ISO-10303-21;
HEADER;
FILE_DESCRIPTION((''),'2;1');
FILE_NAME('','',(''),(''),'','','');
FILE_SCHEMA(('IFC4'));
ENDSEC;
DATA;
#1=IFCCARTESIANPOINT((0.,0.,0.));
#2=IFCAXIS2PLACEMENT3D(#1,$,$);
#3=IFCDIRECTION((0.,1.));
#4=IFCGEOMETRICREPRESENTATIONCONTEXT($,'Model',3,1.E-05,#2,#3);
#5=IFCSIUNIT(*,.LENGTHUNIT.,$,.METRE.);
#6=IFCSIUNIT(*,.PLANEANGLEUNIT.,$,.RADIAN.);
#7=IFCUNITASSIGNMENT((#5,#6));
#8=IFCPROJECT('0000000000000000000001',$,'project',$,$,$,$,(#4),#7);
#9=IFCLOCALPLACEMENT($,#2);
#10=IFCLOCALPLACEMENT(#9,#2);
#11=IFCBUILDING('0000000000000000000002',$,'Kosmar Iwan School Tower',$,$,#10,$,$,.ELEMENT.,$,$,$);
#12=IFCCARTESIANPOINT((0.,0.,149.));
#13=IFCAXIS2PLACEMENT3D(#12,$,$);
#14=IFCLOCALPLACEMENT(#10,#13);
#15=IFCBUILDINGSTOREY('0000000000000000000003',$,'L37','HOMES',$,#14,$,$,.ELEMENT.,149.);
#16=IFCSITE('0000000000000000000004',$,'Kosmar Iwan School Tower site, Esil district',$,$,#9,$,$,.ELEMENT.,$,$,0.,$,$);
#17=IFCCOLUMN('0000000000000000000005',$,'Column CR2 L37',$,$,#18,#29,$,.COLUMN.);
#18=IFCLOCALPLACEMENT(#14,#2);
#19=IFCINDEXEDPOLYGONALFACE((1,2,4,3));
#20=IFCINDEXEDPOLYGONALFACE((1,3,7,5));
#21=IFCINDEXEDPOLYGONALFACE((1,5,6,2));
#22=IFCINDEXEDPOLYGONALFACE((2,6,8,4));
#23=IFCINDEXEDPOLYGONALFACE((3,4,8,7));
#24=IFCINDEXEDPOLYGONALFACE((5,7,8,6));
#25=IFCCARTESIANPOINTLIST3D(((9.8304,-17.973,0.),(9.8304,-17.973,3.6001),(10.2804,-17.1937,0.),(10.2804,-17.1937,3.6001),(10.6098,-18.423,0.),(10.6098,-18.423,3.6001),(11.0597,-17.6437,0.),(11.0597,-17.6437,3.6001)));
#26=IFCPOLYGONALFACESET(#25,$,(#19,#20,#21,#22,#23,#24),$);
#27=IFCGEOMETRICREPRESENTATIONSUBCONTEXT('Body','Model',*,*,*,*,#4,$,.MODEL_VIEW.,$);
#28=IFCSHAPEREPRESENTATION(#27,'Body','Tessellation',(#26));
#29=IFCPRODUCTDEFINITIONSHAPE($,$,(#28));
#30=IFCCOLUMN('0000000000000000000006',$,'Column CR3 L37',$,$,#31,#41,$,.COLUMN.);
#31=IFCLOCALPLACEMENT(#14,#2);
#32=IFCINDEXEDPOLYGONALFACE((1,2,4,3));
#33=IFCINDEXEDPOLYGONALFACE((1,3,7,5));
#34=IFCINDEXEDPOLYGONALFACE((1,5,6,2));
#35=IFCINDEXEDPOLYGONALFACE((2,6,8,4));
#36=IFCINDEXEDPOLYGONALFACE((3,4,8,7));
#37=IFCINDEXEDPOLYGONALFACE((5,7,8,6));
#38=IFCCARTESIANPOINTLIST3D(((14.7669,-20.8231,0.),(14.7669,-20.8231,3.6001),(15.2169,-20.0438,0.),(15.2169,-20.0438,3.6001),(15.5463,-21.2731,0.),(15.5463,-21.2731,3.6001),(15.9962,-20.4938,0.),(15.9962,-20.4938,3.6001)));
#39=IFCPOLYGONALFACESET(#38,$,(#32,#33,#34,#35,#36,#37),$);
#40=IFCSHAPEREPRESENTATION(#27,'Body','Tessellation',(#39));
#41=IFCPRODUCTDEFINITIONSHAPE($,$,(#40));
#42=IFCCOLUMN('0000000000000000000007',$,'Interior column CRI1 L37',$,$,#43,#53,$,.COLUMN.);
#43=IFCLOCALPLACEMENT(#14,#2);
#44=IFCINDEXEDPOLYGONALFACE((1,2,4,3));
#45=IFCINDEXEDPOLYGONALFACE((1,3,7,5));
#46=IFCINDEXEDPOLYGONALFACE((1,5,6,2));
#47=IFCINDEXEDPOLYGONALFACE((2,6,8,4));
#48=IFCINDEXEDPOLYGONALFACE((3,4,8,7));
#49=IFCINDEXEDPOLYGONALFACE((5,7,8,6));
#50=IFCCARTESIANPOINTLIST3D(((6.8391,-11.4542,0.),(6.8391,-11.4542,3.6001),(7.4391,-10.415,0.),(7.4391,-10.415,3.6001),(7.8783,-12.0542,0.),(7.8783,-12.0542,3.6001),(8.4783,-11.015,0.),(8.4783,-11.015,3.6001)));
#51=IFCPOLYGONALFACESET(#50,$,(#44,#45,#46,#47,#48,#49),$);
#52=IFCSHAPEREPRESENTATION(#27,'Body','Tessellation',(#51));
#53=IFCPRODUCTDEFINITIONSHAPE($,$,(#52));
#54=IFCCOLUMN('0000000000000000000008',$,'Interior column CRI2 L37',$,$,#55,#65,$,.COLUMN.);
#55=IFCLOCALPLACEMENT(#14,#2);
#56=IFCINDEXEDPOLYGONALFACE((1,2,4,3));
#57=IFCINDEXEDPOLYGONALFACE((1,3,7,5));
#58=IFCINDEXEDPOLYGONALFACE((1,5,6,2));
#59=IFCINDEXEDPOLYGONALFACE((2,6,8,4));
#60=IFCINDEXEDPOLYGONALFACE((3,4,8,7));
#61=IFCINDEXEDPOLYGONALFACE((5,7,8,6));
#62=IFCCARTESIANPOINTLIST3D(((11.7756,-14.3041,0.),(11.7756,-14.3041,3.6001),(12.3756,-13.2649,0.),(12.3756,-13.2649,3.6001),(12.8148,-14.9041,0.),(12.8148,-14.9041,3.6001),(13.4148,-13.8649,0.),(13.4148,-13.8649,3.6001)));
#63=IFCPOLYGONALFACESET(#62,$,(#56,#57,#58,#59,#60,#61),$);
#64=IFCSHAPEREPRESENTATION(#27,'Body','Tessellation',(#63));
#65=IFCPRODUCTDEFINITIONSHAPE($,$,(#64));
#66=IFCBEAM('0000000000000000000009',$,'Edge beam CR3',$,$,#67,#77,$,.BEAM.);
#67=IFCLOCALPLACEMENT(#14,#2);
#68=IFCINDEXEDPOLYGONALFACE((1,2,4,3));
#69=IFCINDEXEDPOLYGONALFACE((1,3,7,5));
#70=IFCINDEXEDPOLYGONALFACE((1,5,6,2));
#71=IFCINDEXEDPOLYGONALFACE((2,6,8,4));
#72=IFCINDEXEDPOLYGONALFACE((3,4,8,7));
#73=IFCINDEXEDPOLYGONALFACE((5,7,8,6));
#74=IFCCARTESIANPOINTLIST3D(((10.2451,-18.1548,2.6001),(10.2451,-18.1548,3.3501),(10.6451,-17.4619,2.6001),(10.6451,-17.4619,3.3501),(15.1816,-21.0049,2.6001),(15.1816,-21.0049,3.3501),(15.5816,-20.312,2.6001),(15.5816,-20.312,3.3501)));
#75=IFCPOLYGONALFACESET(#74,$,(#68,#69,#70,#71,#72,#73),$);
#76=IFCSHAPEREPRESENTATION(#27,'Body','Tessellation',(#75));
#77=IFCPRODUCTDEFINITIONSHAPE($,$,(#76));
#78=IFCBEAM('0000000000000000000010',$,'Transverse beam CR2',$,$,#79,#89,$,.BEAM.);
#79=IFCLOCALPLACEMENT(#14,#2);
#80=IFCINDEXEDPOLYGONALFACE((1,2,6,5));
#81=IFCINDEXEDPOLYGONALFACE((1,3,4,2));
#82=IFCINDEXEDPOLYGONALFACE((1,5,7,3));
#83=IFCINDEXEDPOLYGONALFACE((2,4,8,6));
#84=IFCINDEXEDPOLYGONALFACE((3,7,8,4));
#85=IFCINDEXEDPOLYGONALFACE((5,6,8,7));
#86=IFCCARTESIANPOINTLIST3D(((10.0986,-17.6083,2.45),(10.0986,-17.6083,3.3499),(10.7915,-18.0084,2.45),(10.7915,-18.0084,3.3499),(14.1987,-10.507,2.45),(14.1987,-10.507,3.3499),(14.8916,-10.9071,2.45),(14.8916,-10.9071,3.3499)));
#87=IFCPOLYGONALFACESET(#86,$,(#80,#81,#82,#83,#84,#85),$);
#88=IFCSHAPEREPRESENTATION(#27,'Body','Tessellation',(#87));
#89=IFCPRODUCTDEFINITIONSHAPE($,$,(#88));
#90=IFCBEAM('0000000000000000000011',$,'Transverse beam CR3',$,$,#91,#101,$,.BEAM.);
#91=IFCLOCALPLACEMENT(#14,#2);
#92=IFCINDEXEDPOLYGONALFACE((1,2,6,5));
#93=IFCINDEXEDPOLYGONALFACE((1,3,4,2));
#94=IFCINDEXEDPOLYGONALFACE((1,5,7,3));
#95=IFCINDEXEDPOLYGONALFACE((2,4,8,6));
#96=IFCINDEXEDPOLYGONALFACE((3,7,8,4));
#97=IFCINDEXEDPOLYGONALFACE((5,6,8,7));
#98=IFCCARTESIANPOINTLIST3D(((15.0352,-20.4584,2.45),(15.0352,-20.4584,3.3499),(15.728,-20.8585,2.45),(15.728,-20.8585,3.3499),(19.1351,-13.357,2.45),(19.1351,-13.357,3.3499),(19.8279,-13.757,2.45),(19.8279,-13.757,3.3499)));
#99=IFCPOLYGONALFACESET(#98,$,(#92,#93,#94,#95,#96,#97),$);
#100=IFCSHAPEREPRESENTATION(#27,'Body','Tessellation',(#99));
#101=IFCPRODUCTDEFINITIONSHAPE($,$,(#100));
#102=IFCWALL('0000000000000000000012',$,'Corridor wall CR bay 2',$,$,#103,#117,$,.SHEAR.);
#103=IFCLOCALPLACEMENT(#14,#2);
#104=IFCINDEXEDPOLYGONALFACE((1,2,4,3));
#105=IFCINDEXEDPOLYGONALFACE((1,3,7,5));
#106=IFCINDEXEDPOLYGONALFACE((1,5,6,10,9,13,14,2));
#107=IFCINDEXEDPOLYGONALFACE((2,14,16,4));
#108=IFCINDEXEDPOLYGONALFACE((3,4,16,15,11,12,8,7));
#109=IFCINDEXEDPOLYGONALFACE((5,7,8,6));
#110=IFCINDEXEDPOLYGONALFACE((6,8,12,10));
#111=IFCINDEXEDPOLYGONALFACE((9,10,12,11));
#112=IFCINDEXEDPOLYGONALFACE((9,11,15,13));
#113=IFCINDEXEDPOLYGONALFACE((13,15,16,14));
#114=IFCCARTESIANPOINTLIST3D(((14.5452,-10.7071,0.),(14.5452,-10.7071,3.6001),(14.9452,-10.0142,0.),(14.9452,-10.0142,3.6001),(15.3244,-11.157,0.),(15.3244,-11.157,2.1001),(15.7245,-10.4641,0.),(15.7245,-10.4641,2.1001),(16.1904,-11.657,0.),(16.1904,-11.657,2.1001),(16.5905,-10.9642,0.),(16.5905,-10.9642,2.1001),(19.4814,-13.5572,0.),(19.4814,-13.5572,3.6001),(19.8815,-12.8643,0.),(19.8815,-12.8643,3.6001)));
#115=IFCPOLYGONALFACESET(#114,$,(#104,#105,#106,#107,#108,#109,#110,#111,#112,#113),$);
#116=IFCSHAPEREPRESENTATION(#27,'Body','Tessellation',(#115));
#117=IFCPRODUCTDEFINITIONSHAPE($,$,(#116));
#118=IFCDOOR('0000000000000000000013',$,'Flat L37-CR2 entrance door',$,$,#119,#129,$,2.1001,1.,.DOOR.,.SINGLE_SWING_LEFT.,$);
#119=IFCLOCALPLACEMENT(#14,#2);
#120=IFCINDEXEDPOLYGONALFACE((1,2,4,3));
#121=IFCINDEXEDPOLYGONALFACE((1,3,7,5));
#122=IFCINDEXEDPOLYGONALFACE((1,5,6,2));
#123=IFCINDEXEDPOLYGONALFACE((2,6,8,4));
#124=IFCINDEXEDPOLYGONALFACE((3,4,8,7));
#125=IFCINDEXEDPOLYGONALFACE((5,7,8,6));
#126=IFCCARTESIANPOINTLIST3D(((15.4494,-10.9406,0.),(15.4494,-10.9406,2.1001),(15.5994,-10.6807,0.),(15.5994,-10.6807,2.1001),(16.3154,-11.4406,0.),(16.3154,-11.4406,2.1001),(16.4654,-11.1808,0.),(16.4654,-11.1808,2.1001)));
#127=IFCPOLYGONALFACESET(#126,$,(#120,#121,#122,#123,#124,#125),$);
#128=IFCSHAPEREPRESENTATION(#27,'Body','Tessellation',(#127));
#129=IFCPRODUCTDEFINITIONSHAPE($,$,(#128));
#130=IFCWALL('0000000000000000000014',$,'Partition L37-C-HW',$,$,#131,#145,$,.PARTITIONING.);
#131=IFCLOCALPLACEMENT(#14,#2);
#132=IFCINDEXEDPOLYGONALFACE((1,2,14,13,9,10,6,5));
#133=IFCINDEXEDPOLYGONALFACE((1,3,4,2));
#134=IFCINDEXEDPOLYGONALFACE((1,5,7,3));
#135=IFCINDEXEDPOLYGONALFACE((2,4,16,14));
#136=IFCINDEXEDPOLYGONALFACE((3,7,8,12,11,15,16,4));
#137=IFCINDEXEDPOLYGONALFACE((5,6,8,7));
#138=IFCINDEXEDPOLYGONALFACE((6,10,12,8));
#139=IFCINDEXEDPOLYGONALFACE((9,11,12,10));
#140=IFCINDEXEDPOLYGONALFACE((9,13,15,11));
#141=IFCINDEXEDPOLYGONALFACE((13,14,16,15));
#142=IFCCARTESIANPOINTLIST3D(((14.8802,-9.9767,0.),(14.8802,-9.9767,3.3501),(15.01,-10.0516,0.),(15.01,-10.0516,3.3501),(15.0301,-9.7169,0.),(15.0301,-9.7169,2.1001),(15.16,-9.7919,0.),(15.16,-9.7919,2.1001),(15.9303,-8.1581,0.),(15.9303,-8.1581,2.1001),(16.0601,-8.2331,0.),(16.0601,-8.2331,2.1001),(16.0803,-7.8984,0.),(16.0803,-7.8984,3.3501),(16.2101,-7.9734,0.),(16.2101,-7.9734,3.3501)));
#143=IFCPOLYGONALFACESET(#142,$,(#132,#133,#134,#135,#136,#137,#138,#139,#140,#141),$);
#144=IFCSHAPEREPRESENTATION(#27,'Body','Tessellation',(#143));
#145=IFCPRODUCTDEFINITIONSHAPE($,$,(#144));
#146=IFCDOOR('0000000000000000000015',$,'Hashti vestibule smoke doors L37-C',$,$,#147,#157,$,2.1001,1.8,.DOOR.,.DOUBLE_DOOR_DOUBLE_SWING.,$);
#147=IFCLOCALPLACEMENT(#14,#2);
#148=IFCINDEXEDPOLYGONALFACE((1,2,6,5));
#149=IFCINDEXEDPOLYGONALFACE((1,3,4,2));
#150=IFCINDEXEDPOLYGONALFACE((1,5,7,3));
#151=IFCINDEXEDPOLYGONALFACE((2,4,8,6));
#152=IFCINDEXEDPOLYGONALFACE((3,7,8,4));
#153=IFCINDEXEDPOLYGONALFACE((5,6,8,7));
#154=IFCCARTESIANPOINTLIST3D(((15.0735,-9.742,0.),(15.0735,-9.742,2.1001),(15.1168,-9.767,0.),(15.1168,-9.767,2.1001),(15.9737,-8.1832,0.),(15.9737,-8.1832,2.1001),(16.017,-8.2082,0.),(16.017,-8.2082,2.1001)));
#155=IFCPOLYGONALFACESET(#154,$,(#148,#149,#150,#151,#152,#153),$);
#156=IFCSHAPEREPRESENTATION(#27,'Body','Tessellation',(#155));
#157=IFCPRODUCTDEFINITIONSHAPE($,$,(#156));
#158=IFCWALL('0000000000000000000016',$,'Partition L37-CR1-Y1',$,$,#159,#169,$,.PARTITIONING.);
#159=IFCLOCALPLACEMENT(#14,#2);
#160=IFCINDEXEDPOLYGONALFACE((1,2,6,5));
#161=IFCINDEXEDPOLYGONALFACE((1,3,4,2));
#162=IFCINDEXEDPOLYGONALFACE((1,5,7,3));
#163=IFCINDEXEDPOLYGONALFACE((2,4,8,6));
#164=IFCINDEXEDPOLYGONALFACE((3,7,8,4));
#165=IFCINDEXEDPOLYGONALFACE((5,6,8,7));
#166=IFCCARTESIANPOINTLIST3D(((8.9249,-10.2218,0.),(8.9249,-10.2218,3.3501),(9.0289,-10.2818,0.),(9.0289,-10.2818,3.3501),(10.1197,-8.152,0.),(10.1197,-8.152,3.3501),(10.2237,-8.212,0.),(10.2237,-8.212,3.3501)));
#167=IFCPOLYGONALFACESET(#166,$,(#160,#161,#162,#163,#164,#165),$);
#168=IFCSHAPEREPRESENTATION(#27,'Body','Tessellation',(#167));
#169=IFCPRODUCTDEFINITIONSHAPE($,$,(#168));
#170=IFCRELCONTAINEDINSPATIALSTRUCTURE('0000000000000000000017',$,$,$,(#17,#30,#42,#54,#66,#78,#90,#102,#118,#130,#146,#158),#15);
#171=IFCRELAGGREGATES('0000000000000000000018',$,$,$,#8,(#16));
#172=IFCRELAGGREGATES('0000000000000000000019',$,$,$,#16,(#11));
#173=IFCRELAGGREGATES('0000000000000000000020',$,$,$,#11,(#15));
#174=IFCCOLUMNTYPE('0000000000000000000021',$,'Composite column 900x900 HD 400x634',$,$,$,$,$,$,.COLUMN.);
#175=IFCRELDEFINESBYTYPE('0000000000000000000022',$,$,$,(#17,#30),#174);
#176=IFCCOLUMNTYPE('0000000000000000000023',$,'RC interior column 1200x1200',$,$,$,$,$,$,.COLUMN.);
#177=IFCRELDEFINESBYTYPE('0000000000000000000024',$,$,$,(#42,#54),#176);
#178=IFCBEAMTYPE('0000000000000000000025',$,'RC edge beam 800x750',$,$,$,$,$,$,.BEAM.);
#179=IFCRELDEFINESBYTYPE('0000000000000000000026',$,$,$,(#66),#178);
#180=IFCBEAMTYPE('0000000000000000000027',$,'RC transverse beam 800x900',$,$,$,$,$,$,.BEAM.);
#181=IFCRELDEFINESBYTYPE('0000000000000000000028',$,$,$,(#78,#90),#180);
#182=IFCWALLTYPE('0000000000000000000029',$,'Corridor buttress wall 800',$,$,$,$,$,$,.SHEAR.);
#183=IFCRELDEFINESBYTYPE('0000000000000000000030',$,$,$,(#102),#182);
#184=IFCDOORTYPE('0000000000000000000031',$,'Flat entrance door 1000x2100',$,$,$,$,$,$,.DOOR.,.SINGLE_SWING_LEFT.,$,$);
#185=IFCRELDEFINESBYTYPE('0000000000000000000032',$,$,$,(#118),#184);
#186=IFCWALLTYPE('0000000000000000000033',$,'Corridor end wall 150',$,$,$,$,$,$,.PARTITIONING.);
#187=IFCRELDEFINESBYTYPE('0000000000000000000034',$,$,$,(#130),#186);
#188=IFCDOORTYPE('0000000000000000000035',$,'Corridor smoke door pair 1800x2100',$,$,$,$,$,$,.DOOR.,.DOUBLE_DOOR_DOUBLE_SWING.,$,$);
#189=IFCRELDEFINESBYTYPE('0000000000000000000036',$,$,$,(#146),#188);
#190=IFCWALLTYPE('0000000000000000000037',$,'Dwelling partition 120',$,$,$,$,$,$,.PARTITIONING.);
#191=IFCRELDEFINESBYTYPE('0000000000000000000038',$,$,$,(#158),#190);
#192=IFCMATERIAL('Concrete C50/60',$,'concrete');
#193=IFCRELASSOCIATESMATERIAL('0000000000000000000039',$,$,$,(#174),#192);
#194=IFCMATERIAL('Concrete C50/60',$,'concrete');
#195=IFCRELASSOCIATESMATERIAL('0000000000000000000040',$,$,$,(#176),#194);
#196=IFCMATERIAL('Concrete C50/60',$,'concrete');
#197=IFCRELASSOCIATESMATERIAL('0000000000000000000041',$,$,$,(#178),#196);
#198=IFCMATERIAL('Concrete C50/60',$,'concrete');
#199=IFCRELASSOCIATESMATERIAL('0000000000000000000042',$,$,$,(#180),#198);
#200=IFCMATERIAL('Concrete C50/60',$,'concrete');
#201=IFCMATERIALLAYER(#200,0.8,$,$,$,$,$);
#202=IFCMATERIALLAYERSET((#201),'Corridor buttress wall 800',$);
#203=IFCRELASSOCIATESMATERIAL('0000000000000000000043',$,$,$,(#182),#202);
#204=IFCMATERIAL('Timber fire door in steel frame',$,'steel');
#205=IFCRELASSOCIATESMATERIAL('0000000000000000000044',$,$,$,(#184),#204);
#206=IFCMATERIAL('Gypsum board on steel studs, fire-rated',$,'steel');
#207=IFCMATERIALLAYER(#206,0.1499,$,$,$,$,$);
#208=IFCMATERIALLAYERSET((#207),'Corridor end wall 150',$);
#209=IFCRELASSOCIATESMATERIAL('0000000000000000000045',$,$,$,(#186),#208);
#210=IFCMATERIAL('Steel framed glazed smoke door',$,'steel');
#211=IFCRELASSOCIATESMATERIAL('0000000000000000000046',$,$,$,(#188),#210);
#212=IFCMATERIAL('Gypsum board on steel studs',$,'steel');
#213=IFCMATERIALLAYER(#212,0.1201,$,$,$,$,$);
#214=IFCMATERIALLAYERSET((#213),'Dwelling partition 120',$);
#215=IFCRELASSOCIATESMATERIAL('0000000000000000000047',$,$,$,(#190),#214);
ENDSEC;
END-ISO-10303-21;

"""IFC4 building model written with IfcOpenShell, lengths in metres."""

from ifc_helpers import new_model, si_unit, direction, frame, frame_2d, origin, origin_2d, place, context, subcontext, project, spatial, rectangle, extrude, material, layer, layer_set, material_profile, profile_set, type_object, element, fill, save


model = new_model("IFC4")

# Units and contexts
model_context = context("Model", 3, precision=1e-05, world=origin(), true_north=direction((0.0, 1.0)))
body_context = subcontext(model_context, "Body", "Model", "MODEL_VIEW")
ifc_project = project(units=[si_unit("LENGTHUNIT", "METRE"), si_unit("PLANEANGLEUNIT", "RADIAN")], contexts=[model_context])

# Site, building, storey
site_placement = place(None, origin())
site = spatial("IfcSite", under=ifc_project, at=site_placement, Name="Kosmar Iwan School Tower site, Esil district", CompositionType="ELEMENT", RefElevation=0.0)
building_placement = place(site_placement, origin())
building = spatial("IfcBuilding", under=site, at=building_placement, Name="Kosmar Iwan School Tower", CompositionType="ELEMENT")
storey_placement = place(building_placement, frame((0.0, 0.0, 149.0)))
storey = spatial("IfcBuildingStorey", under=building, at=storey_placement, Name="L37", Description="HOMES", CompositionType="ELEMENT", Elevation=149.0)

# Columns
ifc_material_1 = material(Name="Concrete C50/60", Category="concrete")
ifc_material_profile_1 = material_profile(ifc_material_1, rectangle(XDim=0.8999, YDim=0.8999, at=origin_2d()), Name="RC 900x900 + HD 400x634")
ifc_profile_set_1 = profile_set([ifc_material_profile_1], Name="Concrete C50/60")
column_type_1 = type_object("IfcColumnType", Name="Composite column 900x900 HD 400x634", PredefinedType="COLUMN", material=ifc_profile_set_1)
for number, where, z_axis, x_axis, name in (
    (1, (10.4451, -17.8083, 0.0), (0.0, 0.0, 1.0), (0.866025, -0.5, 0.0), "Column CR2 L37"),
    (2, (15.3816, -20.6584, 0.0), (0.0, 0.0, 1.0), (0.866025, -0.5, 0.0), "Column CR3 L37"),
):
    element("IfcColumn", number, at=place(storey_placement, frame(where, z_axis=z_axis, x_axis=x_axis)), inside=storey, type_object=column_type_1, Name=name, PredefinedType="COLUMN", context=body_context, shape_type="SweptSolid", body=[
        extrude(rectangle(XDim=0.8999, YDim=0.8999, at=origin_2d()), origin(), (0.0, 0.0, 1.0), 3.6001),
    ])
ifc_material_2 = material(Name="Concrete C50/60", Category="concrete")
ifc_material_profile_2 = material_profile(ifc_material_2, rectangle(XDim=1.2, YDim=1.2, at=origin_2d()), Name="RC 1200x1200")
ifc_profile_set_2 = profile_set([ifc_material_profile_2], Name="Concrete C50/60")
column_type_2 = type_object("IfcColumnType", Name="RC interior column 1200x1200", PredefinedType="COLUMN", material=ifc_profile_set_2)
for number, where, z_axis, x_axis, name in (
    (3, (7.6587, -11.2346, 0.0), (0.0, 0.0, 1.0), (0.866025, -0.5, 0.0), "Interior column CRI1 L37"),
    (4, (12.5952, -14.0845, 0.0), (0.0, 0.0, 1.0), (0.866025, -0.5, 0.0), "Interior column CRI2 L37"),
):
    element("IfcColumn", number, at=place(storey_placement, frame(where, z_axis=z_axis, x_axis=x_axis)), inside=storey, type_object=column_type_2, Name=name, PredefinedType="COLUMN", context=body_context, shape_type="SweptSolid", body=[
        extrude(rectangle(XDim=1.2, YDim=1.2, at=origin_2d()), origin(), (0.0, 0.0, 1.0), 3.6001),
    ])

# Beams
ifc_material_3 = material(Name="Concrete C50/60", Category="concrete")
ifc_material_profile_3 = material_profile(ifc_material_3, rectangle(XDim=0.8, YDim=0.75, at=origin_2d()), Name="RC 800x750")
ifc_profile_set_3 = profile_set([ifc_material_profile_3], Name="Concrete C50/60")
beam_type_1 = type_object("IfcBeamType", Name="RC edge beam 800x750", PredefinedType="BEAM", material=ifc_profile_set_3)
beam_placement = place(storey_placement, frame((10.4451, -17.8083, 2.9751), z_axis=(0.866026, -0.499999, 0.0), x_axis=(0.499999, 0.866026, 0.0)))
element("IfcBeam", 5, at=beam_placement, inside=storey, type_object=beam_type_1, Name="Edge beam CR3", PredefinedType="BEAM", context=body_context, shape_type="SweptSolid", body=[
    extrude(rectangle(XDim=0.8, YDim=0.75, at=origin_2d()), origin(), (0.0, 0.0, 1.0), 5.7002),
])
ifc_material_4 = material(Name="Concrete C50/60", Category="concrete")
ifc_material_profile_4 = material_profile(ifc_material_4, rectangle(XDim=0.8, YDim=0.8999, at=origin_2d()), Name="RC 800x900")
ifc_profile_set_4 = profile_set([ifc_material_profile_4], Name="Concrete C50/60")
beam_type_2 = type_object("IfcBeamType", Name="RC transverse beam 800x900", PredefinedType="BEAM", material=ifc_profile_set_4)
for number, where, z_axis, x_axis, name in (
    (6, (10.4451, -17.8083, 2.8999), (0.500014, 0.866018, 0.0), (-0.866018, 0.500014, 0.0), "Transverse beam CR2"),
    (7, (15.3816, -20.6584, 2.8999), (0.499991, 0.86603, 0.0), (-0.86603, 0.499991, 0.0), "Transverse beam CR3"),
):
    element("IfcBeam", number, at=place(storey_placement, frame(where, z_axis=z_axis, x_axis=x_axis)), inside=storey, type_object=beam_type_2, Name=name, PredefinedType="BEAM", context=body_context, shape_type="SweptSolid", body=[
        extrude(rectangle(XDim=0.8, YDim=0.8999, at=origin_2d()), origin(), (0.0, 0.0, 1.0), 8.2),
    ])

# Walls, openings, doors
ifc_material_5 = material(Name="Concrete C50/60", Category="concrete")
ifc_layer_1 = layer(ifc_material_5, 0.8)
ifc_layer_set_1 = layer_set([ifc_layer_1], Name="Corridor buttress wall 800")
wall_type_1 = type_object("IfcWallType", Name="Corridor buttress wall 800", PredefinedType="SHEAR", material=ifc_layer_set_1)
wall_1_placement = place(storey_placement, frame((14.7451, -10.3606, 0.0), z_axis=(0.0, 0.0, 1.0), x_axis=(0.866015, -0.500018, 0.0)))
wall_1 = element("IfcWall", 8, at=wall_1_placement, inside=storey, type_object=wall_type_1, Name="Corridor wall CR bay 2", PredefinedType="SHEAR", context=body_context, shape_type="SweptSolid", body=[
    extrude(rectangle(XDim=5.7, YDim=0.8, at=frame_2d((2.8501, 0.0))), origin(), (0.0, 0.0, 1.0), 3.6001),
])
opening_1_placement = place(wall_1_placement, frame((0.8999, 0.0, 0.0)))
opening_1 = element("IfcOpeningElement", 9, at=opening_1_placement, cuts=wall_1, PredefinedType="OPENING", context=body_context, shape_type="SweptSolid", body=[
    extrude(rectangle(XDim=1.0, YDim=2.1001, at=frame_2d((0.5, 1.05))), frame((0.0, 0.4121, 0.0), z_axis=(0.0, -1.0, 0.0), x_axis=(1.0, 0.0, 0.0)), (0.0, 0.0, 1.0), 0.824),
])
ifc_material_6 = material(Name="Timber fire door in steel frame", Category="steel")
door_type_1 = type_object("IfcDoorType", Name="Flat entrance door 1000x2100", OperationType="SINGLE_SWING_LEFT", PredefinedType="DOOR", material=ifc_material_6)
door_1_placement = place(opening_1_placement, origin())
door_1 = element("IfcDoor", 10, at=door_1_placement, inside=storey, type_object=door_type_1, Name="Flat L37-CR2 entrance door", OperationType="SINGLE_SWING_LEFT", OverallHeight=2.1001, OverallWidth=1.0, PredefinedType="DOOR", context=body_context, shape_type="SweptSolid", body=[
    extrude(rectangle(XDim=1.0, YDim=2.1001, at=frame_2d((0.5, 1.05))), frame((0.0, 0.1499, 0.0), z_axis=(0.0, -1.0, 0.0), x_axis=(1.0, 0.0, 0.0)), (0.0, 0.0, 1.0), 0.3),
])
fill(opening_1, door_1)
ifc_material_7 = material(Name="Gypsum board on steel studs, fire-rated", Category="steel")
ifc_layer_2 = layer(ifc_material_7, 0.1499)
ifc_layer_set_2 = layer_set([ifc_layer_2], Name="Corridor end wall 150")
wall_type_2 = type_object("IfcWallType", Name="Corridor end wall 150", PredefinedType="PARTITIONING", material=ifc_layer_set_2)
wall_2_placement = place(storey_placement, frame((14.9451, -10.0142, 0.0), z_axis=(0.0, 0.0, 1.0), x_axis=(0.500078, 0.865981, 0.0)))
wall_2 = element("IfcWall", 11, at=wall_2_placement, inside=storey, type_object=wall_type_2, Name="Partition L37-C-HW", PredefinedType="PARTITIONING", context=body_context, shape_type="SweptSolid", body=[
    extrude(rectangle(XDim=2.3999, YDim=0.1499, at=frame_2d((1.2, 0.0))), origin(), (0.0, 0.0, 1.0), 3.3501),
])
opening_2_placement = place(wall_2_placement, frame((0.3, 0.0, 0.0)))
opening_2 = element("IfcOpeningElement", 12, at=opening_2_placement, cuts=wall_2, PredefinedType="OPENING", context=body_context, shape_type="SweptSolid", body=[
    extrude(rectangle(XDim=1.8, YDim=2.1001, at=frame_2d((0.8999, 1.05))), frame((0.0, 0.0869, 0.0), z_axis=(0.0, -1.0, 0.0), x_axis=(1.0, 0.0, 0.0)), (0.0, 0.0, 1.0), 0.1738),
])
ifc_material_8 = material(Name="Steel framed glazed smoke door", Category="steel")
door_type_2 = type_object("IfcDoorType", Name="Corridor smoke door pair 1800x2100", OperationType="DOUBLE_DOOR_DOUBLE_SWING", PredefinedType="DOOR", material=ifc_material_8)
door_2_placement = place(opening_2_placement, origin())
door_2 = element("IfcDoor", 13, at=door_2_placement, inside=storey, type_object=door_type_2, Name="Hashti vestibule smoke doors L37-C", OperationType="DOUBLE_DOOR_DOUBLE_SWING", OverallHeight=2.1001, OverallWidth=1.8, PredefinedType="DOOR", context=body_context, shape_type="SweptSolid", body=[
    extrude(rectangle(XDim=1.8, YDim=2.1001, at=frame_2d((0.8999, 1.05))), frame((0.0, 0.0249, 0.0), z_axis=(0.0, -1.0, 0.0), x_axis=(1.0, 0.0, 0.0)), (0.0, 0.0, 1.0), 0.05),
])
fill(opening_2, door_2)

# Wall
ifc_material_9 = material(Name="Gypsum board on steel studs", Category="steel")
ifc_layer_3 = layer(ifc_material_9, 0.1201)
ifc_layer_set_3 = layer_set([ifc_layer_3], Name="Dwelling partition 120")
wall_type_3 = type_object("IfcWallType", Name="Dwelling partition 120", PredefinedType="PARTITIONING", material=ifc_layer_set_3)
wall_3_placement = place(storey_placement, frame((10.1716, -8.1821, 0.0), z_axis=(0.0, 0.0, 1.0), x_axis=(-0.499941, -0.86606, 0.0)))
element("IfcWall", 14, at=wall_3_placement, inside=storey, type_object=wall_type_3, Name="Partition L37-CR1-Y1", PredefinedType="PARTITIONING", context=body_context, shape_type="SweptSolid", body=[
    extrude(rectangle(XDim=2.3899, YDim=0.1201, at=frame_2d((1.1948, 0.0))), origin(), (0.0, 0.0, 1.0), 3.3501),
])

save(model, "model.ifc")
